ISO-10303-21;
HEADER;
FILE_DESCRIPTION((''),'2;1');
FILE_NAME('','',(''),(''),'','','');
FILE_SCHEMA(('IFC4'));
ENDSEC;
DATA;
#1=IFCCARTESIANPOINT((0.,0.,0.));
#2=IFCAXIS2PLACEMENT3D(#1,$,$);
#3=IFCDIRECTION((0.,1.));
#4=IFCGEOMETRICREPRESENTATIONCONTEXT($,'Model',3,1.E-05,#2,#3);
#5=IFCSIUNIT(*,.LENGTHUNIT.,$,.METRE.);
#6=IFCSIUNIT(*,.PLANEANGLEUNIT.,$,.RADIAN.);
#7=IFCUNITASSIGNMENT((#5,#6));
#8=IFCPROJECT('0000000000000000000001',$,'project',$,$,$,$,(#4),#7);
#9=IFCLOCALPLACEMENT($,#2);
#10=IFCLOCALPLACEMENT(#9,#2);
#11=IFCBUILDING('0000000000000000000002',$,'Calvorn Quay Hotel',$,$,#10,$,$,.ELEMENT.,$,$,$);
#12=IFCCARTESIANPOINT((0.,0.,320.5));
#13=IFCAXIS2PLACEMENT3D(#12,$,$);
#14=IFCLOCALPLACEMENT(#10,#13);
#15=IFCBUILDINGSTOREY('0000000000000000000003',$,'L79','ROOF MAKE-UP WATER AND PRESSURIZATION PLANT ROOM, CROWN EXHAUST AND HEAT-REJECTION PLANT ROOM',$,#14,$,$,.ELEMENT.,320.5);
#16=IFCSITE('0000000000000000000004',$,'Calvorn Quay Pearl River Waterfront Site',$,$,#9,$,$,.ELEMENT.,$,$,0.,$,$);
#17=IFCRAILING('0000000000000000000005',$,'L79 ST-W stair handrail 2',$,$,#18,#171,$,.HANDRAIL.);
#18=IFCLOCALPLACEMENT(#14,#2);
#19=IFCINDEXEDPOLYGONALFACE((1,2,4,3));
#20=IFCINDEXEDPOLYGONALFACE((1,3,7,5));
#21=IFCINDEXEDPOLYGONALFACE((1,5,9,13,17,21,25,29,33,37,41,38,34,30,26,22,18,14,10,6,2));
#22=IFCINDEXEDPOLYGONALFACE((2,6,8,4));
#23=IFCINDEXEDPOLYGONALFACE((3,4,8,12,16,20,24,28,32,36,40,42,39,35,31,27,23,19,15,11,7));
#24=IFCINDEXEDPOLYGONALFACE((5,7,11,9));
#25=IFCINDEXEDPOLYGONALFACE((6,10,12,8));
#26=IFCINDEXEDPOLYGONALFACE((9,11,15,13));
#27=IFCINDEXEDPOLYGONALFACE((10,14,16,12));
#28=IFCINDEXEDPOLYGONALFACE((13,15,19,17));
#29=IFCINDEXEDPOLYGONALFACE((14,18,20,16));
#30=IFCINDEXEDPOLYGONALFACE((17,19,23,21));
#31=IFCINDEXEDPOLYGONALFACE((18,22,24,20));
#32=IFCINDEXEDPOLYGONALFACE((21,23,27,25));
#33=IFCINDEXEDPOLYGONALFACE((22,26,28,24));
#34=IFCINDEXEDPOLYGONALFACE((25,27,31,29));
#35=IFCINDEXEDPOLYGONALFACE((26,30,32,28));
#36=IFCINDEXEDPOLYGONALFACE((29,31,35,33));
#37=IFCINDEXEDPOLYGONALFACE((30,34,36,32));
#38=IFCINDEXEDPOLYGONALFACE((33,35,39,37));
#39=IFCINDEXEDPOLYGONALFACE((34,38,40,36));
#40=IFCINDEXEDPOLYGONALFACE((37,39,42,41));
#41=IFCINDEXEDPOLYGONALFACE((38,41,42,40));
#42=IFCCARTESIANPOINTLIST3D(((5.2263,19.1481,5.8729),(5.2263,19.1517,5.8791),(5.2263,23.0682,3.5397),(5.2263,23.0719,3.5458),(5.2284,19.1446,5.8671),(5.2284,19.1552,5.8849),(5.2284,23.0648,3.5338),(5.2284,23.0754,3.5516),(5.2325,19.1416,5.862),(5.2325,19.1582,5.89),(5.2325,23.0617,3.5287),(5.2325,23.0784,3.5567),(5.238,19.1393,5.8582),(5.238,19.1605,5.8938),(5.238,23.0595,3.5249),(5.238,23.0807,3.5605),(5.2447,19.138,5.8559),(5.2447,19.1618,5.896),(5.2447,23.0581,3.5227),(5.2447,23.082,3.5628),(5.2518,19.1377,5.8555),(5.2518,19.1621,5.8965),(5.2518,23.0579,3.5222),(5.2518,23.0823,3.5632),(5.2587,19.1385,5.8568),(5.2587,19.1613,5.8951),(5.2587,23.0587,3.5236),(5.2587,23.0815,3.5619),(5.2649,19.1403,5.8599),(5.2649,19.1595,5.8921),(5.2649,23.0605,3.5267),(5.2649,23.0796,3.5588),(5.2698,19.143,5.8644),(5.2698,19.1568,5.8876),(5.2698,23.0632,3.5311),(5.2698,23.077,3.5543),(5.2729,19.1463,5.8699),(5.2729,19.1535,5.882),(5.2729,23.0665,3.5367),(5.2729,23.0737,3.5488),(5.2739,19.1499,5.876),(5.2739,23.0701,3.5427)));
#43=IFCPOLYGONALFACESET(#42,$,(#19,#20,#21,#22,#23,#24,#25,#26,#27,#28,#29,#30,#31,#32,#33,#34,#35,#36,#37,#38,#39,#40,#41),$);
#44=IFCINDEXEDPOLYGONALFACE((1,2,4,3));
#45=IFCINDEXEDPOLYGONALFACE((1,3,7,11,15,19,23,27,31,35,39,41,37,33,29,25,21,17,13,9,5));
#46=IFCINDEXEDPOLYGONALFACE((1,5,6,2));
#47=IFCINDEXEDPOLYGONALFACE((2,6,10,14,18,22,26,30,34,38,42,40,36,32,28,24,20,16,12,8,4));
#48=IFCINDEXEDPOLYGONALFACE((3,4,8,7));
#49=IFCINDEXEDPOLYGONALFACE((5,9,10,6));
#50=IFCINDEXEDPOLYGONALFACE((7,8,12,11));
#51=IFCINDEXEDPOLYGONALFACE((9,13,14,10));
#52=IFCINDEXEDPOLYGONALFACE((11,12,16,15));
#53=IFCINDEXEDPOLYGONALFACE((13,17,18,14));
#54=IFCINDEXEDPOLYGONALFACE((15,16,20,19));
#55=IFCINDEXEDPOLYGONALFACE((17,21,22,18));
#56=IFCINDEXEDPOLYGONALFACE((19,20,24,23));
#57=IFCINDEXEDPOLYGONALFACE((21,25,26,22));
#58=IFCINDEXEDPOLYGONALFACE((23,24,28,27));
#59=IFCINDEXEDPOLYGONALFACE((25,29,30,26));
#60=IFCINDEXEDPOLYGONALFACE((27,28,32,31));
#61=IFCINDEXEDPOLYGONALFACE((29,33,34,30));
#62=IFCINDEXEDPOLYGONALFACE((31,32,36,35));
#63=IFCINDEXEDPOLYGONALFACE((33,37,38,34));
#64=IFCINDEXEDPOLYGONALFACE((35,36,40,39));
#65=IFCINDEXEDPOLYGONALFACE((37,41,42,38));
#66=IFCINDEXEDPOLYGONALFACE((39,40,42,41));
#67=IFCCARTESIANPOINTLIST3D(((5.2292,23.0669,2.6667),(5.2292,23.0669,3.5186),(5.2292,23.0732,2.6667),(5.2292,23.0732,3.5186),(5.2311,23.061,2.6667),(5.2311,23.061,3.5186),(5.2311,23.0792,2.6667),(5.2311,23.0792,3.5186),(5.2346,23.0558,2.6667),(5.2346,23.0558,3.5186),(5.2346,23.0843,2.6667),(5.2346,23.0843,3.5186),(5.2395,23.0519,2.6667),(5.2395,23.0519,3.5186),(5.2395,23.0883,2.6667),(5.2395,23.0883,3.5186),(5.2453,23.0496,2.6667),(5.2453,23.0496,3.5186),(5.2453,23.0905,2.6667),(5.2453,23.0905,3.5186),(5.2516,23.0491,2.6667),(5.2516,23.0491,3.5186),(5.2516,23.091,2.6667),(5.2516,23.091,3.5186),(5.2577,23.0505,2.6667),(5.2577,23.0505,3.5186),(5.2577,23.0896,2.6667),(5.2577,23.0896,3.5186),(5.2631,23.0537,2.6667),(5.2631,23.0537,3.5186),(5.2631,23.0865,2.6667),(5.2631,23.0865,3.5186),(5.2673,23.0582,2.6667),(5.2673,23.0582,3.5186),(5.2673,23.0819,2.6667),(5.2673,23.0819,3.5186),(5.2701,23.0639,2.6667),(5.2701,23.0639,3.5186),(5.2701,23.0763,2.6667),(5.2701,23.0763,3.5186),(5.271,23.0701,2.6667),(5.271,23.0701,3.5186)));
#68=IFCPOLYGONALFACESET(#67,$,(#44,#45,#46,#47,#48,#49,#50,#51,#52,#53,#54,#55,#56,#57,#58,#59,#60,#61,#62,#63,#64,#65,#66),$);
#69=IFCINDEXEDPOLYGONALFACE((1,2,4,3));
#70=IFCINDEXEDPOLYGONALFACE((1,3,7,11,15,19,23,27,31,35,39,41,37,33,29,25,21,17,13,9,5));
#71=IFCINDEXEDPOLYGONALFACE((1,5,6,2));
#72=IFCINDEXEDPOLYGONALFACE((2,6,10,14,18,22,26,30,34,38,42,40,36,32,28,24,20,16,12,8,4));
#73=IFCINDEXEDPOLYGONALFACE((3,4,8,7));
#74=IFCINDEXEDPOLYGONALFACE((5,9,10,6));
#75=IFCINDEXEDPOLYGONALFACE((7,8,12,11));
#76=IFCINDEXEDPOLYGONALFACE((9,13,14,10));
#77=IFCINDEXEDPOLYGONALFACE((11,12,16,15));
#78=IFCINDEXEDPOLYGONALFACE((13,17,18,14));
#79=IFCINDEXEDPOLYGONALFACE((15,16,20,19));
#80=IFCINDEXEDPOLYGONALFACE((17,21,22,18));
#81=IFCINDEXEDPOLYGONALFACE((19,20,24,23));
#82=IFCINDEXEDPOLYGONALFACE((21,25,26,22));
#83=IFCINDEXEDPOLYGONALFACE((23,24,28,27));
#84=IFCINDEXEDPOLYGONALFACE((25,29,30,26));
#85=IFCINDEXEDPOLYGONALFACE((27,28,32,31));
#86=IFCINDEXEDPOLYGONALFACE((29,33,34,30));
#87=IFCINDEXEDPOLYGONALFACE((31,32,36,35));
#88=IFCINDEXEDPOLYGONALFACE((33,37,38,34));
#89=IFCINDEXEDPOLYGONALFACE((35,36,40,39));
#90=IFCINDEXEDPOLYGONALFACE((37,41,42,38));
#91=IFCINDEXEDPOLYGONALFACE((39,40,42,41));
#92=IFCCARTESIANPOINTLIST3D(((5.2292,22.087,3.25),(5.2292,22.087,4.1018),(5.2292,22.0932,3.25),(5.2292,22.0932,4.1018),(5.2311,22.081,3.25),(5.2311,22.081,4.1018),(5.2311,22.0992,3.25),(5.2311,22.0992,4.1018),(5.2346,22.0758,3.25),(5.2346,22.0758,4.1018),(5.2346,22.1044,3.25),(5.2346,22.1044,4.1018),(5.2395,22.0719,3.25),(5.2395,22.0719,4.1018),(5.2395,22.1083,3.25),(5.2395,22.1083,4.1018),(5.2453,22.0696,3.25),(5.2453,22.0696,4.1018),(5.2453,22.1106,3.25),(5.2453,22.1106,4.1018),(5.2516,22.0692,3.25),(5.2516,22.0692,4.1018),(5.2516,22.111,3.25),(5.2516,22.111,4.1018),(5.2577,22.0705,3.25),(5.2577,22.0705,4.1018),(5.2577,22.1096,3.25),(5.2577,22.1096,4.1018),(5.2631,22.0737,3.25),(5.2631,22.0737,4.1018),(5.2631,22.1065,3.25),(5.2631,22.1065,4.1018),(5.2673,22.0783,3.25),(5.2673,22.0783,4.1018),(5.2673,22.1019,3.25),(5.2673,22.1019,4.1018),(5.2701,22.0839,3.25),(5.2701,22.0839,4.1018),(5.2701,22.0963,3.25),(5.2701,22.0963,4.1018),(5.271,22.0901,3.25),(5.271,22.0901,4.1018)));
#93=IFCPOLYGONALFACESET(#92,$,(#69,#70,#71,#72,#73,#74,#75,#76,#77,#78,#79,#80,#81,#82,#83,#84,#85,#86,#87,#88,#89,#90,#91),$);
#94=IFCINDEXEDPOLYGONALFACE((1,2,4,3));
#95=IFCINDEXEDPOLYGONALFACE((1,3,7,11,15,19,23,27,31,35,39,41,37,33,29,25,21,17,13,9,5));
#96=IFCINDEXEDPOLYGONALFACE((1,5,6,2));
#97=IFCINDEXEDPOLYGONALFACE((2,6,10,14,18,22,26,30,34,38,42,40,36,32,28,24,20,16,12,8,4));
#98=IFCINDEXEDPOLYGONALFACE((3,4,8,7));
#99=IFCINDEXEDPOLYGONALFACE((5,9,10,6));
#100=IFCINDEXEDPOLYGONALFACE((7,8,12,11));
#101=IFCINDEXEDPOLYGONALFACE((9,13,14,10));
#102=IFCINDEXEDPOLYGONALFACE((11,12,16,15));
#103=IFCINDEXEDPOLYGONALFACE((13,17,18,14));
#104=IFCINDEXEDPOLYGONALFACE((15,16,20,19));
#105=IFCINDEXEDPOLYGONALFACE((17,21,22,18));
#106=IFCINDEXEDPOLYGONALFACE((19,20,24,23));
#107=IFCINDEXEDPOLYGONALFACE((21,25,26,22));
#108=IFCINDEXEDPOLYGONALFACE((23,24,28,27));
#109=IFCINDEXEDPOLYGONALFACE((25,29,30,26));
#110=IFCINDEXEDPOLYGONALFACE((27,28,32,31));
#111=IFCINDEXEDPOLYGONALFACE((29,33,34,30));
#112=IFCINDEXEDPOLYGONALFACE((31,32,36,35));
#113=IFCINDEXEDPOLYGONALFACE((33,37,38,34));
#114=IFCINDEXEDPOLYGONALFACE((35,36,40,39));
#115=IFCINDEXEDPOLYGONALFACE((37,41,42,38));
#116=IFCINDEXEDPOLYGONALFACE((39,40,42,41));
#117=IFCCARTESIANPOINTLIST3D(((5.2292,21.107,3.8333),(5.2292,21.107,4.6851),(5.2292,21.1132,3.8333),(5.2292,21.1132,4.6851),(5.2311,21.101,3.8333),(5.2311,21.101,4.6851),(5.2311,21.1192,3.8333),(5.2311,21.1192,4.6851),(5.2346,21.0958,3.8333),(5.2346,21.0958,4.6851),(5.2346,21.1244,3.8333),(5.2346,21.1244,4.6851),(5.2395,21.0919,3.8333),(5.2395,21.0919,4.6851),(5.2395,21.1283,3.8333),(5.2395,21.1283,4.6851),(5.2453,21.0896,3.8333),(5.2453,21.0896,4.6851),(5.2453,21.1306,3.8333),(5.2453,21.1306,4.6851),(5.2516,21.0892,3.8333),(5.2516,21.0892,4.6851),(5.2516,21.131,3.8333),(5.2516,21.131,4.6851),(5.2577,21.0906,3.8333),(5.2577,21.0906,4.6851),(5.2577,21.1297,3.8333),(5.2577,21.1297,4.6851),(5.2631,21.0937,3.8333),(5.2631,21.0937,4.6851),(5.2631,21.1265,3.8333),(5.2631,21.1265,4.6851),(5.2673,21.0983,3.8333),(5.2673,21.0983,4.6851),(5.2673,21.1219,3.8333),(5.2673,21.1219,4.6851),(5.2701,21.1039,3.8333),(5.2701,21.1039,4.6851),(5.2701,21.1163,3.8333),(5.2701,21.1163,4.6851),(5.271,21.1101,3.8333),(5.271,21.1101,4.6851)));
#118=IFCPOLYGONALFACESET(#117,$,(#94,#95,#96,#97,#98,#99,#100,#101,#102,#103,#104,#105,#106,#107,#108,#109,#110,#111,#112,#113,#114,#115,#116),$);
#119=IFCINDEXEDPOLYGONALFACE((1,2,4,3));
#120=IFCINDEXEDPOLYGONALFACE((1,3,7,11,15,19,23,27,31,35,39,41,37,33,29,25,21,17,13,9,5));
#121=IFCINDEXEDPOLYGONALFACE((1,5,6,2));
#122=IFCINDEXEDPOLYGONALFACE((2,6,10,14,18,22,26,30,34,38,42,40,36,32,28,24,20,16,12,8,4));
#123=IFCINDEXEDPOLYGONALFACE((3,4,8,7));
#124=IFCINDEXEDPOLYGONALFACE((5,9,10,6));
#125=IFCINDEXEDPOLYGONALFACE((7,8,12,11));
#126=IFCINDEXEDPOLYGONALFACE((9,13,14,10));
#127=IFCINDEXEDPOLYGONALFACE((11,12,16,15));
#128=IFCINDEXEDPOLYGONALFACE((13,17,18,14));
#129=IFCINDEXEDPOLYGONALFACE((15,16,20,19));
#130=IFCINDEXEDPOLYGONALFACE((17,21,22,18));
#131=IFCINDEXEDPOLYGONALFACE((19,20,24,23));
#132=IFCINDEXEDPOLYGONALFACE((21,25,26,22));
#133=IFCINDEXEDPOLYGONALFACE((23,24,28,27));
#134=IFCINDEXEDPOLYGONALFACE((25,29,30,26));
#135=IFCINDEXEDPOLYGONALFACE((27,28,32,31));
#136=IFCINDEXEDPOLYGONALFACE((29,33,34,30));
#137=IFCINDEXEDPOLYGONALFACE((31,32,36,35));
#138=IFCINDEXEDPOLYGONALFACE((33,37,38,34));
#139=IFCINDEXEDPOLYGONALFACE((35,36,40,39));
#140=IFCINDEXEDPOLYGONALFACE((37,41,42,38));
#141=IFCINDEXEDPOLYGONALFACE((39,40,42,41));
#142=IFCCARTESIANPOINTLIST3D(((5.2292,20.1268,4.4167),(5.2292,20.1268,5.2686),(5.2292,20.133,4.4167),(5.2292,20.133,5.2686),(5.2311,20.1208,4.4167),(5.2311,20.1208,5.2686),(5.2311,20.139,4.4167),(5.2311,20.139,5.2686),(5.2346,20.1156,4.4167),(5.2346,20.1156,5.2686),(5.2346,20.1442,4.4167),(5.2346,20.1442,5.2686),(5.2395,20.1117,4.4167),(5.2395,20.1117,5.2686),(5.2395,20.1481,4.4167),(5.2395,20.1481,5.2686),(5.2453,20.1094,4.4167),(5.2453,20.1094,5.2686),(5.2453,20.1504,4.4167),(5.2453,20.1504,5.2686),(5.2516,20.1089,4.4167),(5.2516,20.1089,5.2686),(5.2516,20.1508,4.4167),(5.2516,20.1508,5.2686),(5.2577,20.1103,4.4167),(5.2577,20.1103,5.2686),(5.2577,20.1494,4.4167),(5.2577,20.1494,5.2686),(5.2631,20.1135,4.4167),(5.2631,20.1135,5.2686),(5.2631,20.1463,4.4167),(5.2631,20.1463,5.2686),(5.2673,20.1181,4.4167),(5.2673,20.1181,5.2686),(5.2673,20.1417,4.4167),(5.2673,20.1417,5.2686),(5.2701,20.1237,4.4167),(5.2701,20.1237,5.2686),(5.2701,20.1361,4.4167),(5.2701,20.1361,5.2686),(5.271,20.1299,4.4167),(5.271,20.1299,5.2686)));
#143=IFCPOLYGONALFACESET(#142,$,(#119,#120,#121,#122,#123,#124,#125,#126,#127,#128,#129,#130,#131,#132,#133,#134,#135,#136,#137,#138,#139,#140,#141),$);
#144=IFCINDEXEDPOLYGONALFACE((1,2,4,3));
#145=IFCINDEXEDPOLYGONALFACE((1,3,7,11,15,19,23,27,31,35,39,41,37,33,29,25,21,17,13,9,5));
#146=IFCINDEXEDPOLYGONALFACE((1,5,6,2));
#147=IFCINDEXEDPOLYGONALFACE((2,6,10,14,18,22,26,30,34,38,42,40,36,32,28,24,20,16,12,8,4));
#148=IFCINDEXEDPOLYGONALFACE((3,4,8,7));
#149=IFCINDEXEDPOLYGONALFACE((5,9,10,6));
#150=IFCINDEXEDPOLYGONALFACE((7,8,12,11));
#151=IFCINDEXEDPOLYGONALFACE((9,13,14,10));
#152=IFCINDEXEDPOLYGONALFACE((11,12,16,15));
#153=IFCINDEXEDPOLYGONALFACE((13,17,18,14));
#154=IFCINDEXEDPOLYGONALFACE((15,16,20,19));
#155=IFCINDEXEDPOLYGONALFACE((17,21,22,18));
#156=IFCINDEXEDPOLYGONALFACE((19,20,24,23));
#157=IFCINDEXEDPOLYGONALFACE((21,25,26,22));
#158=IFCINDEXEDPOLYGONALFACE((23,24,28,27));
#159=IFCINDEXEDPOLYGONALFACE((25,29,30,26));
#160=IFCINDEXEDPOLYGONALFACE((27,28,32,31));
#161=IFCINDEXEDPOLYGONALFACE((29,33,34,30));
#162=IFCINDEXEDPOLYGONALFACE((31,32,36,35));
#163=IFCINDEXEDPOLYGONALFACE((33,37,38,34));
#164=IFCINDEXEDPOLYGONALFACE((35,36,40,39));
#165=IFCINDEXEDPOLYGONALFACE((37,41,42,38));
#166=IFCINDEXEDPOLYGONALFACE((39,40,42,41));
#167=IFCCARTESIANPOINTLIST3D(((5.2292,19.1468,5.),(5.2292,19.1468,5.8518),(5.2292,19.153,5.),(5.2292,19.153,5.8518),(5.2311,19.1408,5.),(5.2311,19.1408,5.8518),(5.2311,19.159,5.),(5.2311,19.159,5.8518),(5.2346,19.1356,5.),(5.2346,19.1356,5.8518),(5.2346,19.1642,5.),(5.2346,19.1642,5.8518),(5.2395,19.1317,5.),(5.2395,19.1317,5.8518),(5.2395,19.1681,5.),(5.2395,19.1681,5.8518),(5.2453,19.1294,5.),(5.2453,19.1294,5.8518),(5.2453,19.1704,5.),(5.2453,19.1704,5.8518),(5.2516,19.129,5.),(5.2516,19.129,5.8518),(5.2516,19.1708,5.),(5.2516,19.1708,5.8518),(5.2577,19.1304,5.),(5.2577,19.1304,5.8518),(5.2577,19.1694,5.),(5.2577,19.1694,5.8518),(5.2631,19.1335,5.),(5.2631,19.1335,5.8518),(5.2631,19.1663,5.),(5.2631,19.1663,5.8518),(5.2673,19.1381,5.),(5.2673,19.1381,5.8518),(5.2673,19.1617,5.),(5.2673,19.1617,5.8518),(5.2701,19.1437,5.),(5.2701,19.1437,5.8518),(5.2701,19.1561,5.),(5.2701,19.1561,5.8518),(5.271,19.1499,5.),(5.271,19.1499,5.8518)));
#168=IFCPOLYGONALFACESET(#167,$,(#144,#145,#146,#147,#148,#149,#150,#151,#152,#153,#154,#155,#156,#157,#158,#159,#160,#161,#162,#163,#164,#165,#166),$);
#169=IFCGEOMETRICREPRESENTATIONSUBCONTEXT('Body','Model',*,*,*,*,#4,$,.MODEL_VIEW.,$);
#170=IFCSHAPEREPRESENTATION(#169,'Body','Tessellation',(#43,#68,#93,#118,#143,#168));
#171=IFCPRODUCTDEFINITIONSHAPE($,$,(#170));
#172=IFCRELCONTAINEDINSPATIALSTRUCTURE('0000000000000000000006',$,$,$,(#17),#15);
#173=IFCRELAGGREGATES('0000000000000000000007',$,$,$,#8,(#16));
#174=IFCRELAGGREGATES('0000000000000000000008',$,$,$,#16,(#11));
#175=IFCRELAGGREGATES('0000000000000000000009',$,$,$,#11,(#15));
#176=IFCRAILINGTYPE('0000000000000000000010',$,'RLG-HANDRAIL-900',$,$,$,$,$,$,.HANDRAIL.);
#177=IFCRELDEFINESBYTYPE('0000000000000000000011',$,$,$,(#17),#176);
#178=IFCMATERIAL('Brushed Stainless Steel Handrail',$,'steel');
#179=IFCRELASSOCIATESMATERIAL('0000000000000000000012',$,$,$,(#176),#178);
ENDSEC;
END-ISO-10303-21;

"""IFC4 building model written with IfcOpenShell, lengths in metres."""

from ifc_helpers import new_model, si_unit, direction, frame, origin, origin_2d, place, context, subcontext, project, spatial, circle, extrude, material, type_object, element, save


model = new_model("IFC4")

# Units and contexts
model_context = context("Model", 3, precision=1e-05, world=origin(), true_north=direction((0.0, 1.0)))
body_context = subcontext(model_context, "Body", "Model", "MODEL_VIEW")
ifc_project = project(units=[si_unit("LENGTHUNIT", "METRE"), si_unit("PLANEANGLEUNIT", "RADIAN")], contexts=[model_context])

# Site, building, storey
site_placement = place(None, origin())
site = spatial("IfcSite", under=ifc_project, at=site_placement, Name="Calvorn Quay Pearl River Waterfront Site", CompositionType="ELEMENT", RefElevation=0.0)
building_placement = place(site_placement, origin())
building = spatial("IfcBuilding", under=site, at=building_placement, Name="Calvorn Quay Hotel", CompositionType="ELEMENT")
storey_placement = place(building_placement, frame((0.0, 0.0, 320.5)))
storey = spatial("IfcBuildingStorey", under=building, at=storey_placement, Name="L79", Description="ROOF MAKE-UP WATER AND PRESSURIZATION PLANT ROOM, CROWN EXHAUST AND HEAT-REJECTION PLANT ROOM", CompositionType="ELEMENT", Elevation=320.5)

# Railing
ifc_material_1 = material(Name="Brushed Stainless Steel Handrail", Category="steel")
railing_type_1 = type_object("IfcRailingType", Name="RLG-HANDRAIL-900", PredefinedType="HANDRAIL", material=ifc_material_1)
railing_1_placement = place(storey_placement, frame((5.25, 23.0701, 2.6667)))
element("IfcRailing", 1, at=railing_1_placement, inside=storey, type_object=railing_type_1, Name="L79 ST-W stair handrail 2", PredefinedType="HANDRAIL", context=body_context, shape_type="SweptSolid", body=[
    extrude(circle(Radius=0.0239, at=origin_2d()), frame((0.0, 0.0, 0.876), z_axis=(0.0, -0.85931, 0.511455), x_axis=(1.0, 0.0, 0.0)), (0.0, 0.0, 1.0), 4.562),
    extrude(circle(Radius=0.021, at=origin_2d()), origin(), (0.0, 0.0, 1.0), 0.8518),
    extrude(circle(Radius=0.021, at=origin_2d()), frame((0.0, -0.98, 0.5833)), (0.0, 0.0, 1.0), 0.8518),
    extrude(circle(Radius=0.021, at=origin_2d()), frame((0.0, -1.96, 1.1665)), (0.0, 0.0, 1.0), 0.8518),
    extrude(circle(Radius=0.021, at=origin_2d()), frame((0.0, -2.9402, 1.75)), (0.0, 0.0, 1.0), 0.8518),
    extrude(circle(Radius=0.021, at=origin_2d()), frame((0.0, -3.9202, 2.3333)), (0.0, 0.0, 1.0), 0.8518),
])

save(model, "model.ifc")
